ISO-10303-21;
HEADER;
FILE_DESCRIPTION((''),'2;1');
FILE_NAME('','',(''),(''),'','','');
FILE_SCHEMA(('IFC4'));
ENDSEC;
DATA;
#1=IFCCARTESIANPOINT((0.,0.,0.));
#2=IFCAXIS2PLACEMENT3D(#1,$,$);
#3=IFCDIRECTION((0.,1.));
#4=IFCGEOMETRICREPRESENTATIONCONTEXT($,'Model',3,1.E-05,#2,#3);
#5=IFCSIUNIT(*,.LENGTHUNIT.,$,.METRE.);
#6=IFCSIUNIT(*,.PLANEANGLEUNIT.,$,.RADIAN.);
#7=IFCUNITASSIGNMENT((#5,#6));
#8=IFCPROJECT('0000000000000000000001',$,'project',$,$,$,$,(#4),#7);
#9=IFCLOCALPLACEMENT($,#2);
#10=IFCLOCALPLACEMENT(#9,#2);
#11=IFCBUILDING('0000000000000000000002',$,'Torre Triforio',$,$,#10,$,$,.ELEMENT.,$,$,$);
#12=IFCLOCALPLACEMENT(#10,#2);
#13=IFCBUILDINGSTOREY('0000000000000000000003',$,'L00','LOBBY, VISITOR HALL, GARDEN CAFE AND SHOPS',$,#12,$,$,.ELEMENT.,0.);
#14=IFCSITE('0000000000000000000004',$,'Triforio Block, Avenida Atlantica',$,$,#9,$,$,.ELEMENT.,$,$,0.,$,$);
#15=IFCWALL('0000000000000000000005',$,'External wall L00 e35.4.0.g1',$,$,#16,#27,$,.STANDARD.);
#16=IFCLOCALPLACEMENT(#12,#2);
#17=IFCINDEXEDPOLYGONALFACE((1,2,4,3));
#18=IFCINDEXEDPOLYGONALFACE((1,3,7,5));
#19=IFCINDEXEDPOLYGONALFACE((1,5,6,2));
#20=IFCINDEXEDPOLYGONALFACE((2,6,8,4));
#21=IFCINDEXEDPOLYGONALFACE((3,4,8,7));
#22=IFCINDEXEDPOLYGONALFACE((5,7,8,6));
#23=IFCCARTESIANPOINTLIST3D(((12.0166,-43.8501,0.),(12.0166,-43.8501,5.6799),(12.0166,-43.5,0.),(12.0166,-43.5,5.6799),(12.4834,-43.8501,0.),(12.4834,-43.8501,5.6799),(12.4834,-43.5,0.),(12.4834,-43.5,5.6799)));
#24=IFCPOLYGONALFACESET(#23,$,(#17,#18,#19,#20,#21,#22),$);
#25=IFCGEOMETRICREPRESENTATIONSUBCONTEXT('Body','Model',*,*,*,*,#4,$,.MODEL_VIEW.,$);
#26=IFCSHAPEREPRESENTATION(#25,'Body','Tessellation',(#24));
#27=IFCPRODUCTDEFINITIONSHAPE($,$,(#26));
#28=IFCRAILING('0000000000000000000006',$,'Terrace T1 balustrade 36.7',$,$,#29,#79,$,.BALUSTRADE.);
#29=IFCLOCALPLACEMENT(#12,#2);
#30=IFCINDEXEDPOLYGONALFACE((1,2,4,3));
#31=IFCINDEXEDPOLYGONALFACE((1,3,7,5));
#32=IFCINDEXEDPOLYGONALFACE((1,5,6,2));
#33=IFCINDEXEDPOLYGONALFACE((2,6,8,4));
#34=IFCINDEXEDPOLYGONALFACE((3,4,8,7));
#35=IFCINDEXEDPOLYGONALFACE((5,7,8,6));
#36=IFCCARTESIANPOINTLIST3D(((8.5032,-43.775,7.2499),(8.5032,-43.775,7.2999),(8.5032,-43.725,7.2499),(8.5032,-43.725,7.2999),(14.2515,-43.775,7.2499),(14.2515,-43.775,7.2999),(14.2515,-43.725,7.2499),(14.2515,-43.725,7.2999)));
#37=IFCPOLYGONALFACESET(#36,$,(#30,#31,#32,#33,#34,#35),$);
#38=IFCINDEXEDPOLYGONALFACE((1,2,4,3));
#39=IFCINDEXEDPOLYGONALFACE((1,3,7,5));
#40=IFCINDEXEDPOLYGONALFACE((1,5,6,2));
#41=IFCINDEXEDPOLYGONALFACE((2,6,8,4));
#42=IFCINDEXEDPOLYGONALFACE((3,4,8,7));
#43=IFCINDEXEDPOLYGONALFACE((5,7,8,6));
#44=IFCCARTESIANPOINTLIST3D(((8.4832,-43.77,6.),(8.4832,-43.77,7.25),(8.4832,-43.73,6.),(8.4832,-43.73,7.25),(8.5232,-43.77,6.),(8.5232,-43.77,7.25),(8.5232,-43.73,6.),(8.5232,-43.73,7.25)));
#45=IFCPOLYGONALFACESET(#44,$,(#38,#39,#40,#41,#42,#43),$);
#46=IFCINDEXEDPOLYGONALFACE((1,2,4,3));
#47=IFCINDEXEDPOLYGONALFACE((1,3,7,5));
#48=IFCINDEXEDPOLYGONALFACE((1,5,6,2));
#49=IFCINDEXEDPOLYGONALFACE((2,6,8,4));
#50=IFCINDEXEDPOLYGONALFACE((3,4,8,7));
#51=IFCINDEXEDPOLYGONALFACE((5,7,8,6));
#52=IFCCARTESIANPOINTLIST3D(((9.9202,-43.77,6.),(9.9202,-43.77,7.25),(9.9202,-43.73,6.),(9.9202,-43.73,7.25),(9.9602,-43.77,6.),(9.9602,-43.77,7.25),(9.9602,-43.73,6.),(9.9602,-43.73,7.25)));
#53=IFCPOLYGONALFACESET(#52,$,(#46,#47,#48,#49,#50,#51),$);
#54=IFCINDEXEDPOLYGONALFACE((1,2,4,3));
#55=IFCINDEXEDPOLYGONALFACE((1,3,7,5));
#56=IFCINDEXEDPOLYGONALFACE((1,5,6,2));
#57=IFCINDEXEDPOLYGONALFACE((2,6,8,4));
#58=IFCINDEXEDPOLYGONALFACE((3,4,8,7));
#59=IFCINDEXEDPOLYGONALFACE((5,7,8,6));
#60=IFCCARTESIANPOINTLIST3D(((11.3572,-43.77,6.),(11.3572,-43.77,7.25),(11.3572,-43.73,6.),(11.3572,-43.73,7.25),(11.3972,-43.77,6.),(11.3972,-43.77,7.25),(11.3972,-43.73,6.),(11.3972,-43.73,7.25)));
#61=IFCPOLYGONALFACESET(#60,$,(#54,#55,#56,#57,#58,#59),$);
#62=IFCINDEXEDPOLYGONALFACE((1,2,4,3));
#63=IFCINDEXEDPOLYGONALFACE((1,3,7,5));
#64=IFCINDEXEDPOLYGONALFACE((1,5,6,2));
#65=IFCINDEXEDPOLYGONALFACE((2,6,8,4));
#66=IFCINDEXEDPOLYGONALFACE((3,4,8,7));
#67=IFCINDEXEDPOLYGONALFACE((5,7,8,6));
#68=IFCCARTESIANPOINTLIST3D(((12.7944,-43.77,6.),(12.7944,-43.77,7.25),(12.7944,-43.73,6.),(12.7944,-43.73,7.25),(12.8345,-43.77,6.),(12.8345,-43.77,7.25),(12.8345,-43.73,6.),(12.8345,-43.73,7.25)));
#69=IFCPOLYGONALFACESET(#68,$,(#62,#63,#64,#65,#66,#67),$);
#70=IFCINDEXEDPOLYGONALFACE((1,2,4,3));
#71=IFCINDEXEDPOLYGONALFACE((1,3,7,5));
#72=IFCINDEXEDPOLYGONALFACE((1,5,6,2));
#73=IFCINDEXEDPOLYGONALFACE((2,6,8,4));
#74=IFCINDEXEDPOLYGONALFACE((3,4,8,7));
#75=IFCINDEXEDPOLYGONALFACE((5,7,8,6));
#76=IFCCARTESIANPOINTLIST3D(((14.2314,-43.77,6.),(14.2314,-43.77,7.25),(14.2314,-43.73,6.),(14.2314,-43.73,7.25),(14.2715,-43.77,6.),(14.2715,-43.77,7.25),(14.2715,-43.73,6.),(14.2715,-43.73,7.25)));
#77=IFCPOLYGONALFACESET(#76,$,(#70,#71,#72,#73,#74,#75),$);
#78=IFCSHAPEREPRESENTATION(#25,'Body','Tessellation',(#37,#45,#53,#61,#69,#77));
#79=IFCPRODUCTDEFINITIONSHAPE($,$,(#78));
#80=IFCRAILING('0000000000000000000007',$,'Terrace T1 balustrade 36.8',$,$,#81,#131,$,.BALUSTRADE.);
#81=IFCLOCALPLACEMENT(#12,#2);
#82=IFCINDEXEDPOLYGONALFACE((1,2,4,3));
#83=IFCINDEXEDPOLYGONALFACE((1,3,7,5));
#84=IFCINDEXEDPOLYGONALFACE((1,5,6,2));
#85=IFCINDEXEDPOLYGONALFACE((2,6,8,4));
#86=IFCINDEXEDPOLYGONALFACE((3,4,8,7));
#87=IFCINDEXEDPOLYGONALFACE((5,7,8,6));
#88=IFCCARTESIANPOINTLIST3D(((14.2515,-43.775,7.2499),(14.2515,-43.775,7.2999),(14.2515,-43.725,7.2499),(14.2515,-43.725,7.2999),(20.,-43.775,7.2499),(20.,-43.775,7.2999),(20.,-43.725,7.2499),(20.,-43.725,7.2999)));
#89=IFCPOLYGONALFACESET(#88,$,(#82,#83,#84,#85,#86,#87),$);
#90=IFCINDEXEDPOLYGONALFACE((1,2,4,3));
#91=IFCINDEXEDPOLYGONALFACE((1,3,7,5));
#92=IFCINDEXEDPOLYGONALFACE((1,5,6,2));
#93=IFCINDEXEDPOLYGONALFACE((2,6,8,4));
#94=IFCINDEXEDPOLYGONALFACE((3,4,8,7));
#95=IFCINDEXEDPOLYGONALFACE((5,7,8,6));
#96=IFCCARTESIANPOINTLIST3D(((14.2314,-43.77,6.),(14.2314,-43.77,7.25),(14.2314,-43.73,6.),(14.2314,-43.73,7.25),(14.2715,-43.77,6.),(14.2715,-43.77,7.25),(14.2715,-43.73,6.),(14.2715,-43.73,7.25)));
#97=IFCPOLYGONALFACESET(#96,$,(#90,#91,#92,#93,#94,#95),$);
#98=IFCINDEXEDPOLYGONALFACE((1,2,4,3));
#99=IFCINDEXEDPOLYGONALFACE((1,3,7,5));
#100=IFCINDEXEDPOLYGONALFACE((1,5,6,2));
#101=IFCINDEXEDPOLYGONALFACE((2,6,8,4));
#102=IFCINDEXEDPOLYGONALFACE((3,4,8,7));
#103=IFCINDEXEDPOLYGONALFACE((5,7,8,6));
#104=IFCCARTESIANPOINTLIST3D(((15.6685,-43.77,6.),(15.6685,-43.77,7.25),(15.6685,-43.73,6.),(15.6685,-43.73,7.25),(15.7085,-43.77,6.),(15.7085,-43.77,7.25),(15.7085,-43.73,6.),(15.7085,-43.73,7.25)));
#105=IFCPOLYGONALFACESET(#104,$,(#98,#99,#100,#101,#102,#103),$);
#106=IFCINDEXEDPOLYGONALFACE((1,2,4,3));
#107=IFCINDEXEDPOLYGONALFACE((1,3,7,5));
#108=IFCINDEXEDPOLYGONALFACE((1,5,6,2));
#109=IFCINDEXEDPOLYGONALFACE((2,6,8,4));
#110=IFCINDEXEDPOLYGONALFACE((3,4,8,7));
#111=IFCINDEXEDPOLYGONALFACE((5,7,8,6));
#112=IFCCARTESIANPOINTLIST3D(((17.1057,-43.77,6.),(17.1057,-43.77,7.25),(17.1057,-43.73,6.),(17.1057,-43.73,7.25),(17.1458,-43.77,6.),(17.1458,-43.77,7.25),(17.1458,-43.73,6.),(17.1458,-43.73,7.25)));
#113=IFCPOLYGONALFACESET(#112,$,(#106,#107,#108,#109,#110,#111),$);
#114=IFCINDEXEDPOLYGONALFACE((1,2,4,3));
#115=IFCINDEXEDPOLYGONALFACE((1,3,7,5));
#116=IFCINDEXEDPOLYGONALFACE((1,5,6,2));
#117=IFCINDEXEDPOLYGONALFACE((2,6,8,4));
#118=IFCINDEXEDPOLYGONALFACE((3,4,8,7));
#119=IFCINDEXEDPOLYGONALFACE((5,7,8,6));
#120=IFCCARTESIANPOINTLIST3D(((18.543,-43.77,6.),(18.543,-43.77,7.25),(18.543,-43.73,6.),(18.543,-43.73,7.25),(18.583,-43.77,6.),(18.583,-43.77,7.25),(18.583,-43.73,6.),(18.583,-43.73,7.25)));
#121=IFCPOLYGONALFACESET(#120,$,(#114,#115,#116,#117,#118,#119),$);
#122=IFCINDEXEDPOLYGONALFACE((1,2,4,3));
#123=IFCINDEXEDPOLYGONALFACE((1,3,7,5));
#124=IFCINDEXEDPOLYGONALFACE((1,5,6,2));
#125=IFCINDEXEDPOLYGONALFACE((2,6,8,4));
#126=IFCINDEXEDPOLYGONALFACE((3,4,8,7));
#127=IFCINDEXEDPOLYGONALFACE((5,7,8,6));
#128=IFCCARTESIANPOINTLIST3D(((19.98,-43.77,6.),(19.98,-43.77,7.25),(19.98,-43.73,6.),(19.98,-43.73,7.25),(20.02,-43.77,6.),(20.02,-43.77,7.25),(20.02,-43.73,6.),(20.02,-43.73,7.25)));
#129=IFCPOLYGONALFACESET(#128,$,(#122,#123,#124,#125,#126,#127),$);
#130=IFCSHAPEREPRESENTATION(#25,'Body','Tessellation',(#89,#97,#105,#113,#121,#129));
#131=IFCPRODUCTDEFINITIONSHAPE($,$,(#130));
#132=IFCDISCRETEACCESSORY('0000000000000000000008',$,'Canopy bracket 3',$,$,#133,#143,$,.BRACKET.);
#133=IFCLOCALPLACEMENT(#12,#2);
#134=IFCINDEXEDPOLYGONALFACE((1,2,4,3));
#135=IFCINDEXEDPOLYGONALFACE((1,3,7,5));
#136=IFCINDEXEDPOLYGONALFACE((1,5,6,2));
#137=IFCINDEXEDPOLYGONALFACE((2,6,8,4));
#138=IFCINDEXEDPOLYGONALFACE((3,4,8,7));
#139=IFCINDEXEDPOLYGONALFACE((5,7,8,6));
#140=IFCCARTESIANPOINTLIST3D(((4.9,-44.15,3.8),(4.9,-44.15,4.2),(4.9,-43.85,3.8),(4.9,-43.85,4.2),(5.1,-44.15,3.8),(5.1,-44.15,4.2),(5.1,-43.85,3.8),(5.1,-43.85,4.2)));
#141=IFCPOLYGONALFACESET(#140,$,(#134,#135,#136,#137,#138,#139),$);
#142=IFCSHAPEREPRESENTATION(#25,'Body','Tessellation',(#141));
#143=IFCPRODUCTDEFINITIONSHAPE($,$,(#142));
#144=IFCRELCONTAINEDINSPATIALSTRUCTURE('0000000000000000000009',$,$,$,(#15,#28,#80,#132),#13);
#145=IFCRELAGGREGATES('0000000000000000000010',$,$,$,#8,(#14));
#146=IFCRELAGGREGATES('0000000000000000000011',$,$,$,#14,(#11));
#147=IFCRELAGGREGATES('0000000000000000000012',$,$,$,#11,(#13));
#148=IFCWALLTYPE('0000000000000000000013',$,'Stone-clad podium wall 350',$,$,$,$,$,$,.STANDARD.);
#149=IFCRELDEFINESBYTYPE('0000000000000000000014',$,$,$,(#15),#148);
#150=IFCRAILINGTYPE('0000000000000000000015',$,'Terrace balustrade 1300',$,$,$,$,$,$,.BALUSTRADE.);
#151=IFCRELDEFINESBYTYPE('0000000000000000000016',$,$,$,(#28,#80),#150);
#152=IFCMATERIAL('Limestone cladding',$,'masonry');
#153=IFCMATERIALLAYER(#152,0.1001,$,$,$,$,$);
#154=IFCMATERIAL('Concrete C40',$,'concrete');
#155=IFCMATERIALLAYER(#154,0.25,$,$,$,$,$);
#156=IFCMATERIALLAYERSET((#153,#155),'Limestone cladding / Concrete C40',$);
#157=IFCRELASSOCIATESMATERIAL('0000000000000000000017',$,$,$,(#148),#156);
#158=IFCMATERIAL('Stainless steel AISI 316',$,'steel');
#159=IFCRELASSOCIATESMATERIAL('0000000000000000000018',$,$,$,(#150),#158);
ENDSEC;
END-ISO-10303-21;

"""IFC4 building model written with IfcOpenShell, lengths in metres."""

from ifc_helpers import new_model, si_unit, direction, frame, frame_2d, origin, origin_2d, place, context, subcontext, project, spatial, rectangle, extrude, material, layer, layer_set, type_object, element, save


model = new_model("IFC4")

# Units and contexts
model_context = context("Model", 3, precision=1e-05, world=origin(), true_north=direction((0.0, 1.0)))
body_context = subcontext(model_context, "Body", "Model", "MODEL_VIEW")
ifc_project = project(units=[si_unit("LENGTHUNIT", "METRE"), si_unit("PLANEANGLEUNIT", "RADIAN")], contexts=[model_context])

# Site, building, storey
site_placement = place(None, origin())
site = spatial("IfcSite", under=ifc_project, at=site_placement, Name="Triforio Block, Avenida Atlantica", CompositionType="ELEMENT", RefElevation=0.0)
building_placement = place(site_placement, origin())
building = spatial("IfcBuilding", under=site, at=building_placement, Name="Torre Triforio", CompositionType="ELEMENT")
storey_placement = place(building_placement, origin())
storey = spatial("IfcBuildingStorey", under=building, at=storey_placement, Name="L00", Description="LOBBY, VISITOR HALL, GARDEN CAFE AND SHOPS", CompositionType="ELEMENT", Elevation=0.0)

# Wall
ifc_material_1 = material(Name="Limestone cladding", Category="masonry")
ifc_layer_1 = layer(ifc_material_1, 0.1001)
ifc_material_2 = material(Name="Concrete C40", Category="concrete")
ifc_layer_2 = layer(ifc_material_2, 0.25)
ifc_layer_set_1 = layer_set([ifc_layer_1, ifc_layer_2], Name="Limestone cladding / Concrete C40")
wall_type_1 = type_object("IfcWallType", Name="Stone-clad podium wall 350", PredefinedType="STANDARD", material=ifc_layer_set_1)
for number, where, z_axis, x_axis, name in (
    (1, (12.0166, -43.675, 0.0), (0.0, 0.0, 1.0), (1.0, 0.0, 0.0), "External wall L00 e35.4.0.g1"),
):
    element("IfcWall", number, at=place(storey_placement, frame(where, z_axis=z_axis, x_axis=x_axis)), inside=storey, type_object=wall_type_1, Name=name, PredefinedType="STANDARD", context=body_context, shape_type="SweptSolid", body=[
        extrude(rectangle(XDim=0.4668, YDim=0.3501, at=frame_2d((0.2334, 0.0))), origin(), (0.0, 0.0, 1.0), 5.6799),
    ])

# Railings
ifc_material_3 = material(Name="Stainless steel AISI 316", Category="steel")
railing_type = type_object("IfcRailingType", Name="Terrace balustrade 1300", PredefinedType="BALUSTRADE", material=ifc_material_3)
railing_1_placement = place(storey_placement, frame((8.5032, -43.75, 6.0)))
element("IfcRailing", 2, at=railing_1_placement, inside=storey, type_object=railing_type, Name="Terrace T1 balustrade 36.7", PredefinedType="BALUSTRADE", context=body_context, shape_type="SweptSolid", body=[
    extrude(rectangle(XDim=0.05, YDim=0.05, at=origin_2d()), frame((0.0, 0.0, 1.2749), z_axis=(1.0, 0.0, 0.0), x_axis=(0.0, 1.0, 0.0)), (0.0, 0.0, 1.0), 5.7483),
    extrude(rectangle(XDim=0.04, YDim=0.04, at=origin_2d()), origin(), (0.0, 0.0, 1.0), 1.25),
    extrude(rectangle(XDim=0.04, YDim=0.04, at=origin_2d()), frame((1.437, 0.0, 0.0)), (0.0, 0.0, 1.0), 1.25),
    extrude(rectangle(XDim=0.04, YDim=0.04, at=origin_2d()), frame((2.874, 0.0, 0.0)), (0.0, 0.0, 1.0), 1.25),
    extrude(rectangle(XDim=0.04, YDim=0.04, at=origin_2d()), frame((4.3113, 0.0, 0.0)), (0.0, 0.0, 1.0), 1.25),
    extrude(rectangle(XDim=0.04, YDim=0.04, at=origin_2d()), frame((5.7483, 0.0, 0.0)), (0.0, 0.0, 1.0), 1.25),
])
railing_2_placement = place(storey_placement, frame((14.2515, -43.75, 6.0)))
element("IfcRailing", 3, at=railing_2_placement, inside=storey, type_object=railing_type, Name="Terrace T1 balustrade 36.8", PredefinedType="BALUSTRADE", context=body_context, shape_type="SweptSolid", body=[
    extrude(rectangle(XDim=0.05, YDim=0.05, at=origin_2d()), frame((0.0, 0.0, 1.2749), z_axis=(1.0, 0.0, 0.0), x_axis=(0.0, 1.0, 0.0)), (0.0, 0.0, 1.0), 5.7485),
    extrude(rectangle(XDim=0.04, YDim=0.04, at=origin_2d()), origin(), (0.0, 0.0, 1.0), 1.25),
    extrude(rectangle(XDim=0.04, YDim=0.04, at=origin_2d()), frame((1.437, 0.0, 0.0)), (0.0, 0.0, 1.0), 1.25),
    extrude(rectangle(XDim=0.04, YDim=0.04, at=origin_2d()), frame((2.8743, 0.0, 0.0)), (0.0, 0.0, 1.0), 1.25),
    extrude(rectangle(XDim=0.04, YDim=0.04, at=origin_2d()), frame((4.3115, 0.0, 0.0)), (0.0, 0.0, 1.0), 1.25),
    extrude(rectangle(XDim=0.04, YDim=0.04, at=origin_2d()), frame((5.7485, 0.0, 0.0)), (0.0, 0.0, 1.0), 1.25),
])

# Discrete accessory
discrete_accessory_placement = place(storey_placement, frame((5.0, -44.0, 3.8), z_axis=(0.0, 0.0, 1.0), x_axis=(1.0, 0.0, 0.0)))
element("IfcDiscreteAccessory", 4, at=discrete_accessory_placement, inside=storey, Name="Canopy bracket 3", PredefinedType="BRACKET", context=body_context, shape_type="SweptSolid", body=[
    extrude(rectangle(XDim=0.2, YDim=0.3, at=origin_2d()), origin(), (0.0, 0.0, 1.0), 0.3999),
])

save(model, "model.ifc")
